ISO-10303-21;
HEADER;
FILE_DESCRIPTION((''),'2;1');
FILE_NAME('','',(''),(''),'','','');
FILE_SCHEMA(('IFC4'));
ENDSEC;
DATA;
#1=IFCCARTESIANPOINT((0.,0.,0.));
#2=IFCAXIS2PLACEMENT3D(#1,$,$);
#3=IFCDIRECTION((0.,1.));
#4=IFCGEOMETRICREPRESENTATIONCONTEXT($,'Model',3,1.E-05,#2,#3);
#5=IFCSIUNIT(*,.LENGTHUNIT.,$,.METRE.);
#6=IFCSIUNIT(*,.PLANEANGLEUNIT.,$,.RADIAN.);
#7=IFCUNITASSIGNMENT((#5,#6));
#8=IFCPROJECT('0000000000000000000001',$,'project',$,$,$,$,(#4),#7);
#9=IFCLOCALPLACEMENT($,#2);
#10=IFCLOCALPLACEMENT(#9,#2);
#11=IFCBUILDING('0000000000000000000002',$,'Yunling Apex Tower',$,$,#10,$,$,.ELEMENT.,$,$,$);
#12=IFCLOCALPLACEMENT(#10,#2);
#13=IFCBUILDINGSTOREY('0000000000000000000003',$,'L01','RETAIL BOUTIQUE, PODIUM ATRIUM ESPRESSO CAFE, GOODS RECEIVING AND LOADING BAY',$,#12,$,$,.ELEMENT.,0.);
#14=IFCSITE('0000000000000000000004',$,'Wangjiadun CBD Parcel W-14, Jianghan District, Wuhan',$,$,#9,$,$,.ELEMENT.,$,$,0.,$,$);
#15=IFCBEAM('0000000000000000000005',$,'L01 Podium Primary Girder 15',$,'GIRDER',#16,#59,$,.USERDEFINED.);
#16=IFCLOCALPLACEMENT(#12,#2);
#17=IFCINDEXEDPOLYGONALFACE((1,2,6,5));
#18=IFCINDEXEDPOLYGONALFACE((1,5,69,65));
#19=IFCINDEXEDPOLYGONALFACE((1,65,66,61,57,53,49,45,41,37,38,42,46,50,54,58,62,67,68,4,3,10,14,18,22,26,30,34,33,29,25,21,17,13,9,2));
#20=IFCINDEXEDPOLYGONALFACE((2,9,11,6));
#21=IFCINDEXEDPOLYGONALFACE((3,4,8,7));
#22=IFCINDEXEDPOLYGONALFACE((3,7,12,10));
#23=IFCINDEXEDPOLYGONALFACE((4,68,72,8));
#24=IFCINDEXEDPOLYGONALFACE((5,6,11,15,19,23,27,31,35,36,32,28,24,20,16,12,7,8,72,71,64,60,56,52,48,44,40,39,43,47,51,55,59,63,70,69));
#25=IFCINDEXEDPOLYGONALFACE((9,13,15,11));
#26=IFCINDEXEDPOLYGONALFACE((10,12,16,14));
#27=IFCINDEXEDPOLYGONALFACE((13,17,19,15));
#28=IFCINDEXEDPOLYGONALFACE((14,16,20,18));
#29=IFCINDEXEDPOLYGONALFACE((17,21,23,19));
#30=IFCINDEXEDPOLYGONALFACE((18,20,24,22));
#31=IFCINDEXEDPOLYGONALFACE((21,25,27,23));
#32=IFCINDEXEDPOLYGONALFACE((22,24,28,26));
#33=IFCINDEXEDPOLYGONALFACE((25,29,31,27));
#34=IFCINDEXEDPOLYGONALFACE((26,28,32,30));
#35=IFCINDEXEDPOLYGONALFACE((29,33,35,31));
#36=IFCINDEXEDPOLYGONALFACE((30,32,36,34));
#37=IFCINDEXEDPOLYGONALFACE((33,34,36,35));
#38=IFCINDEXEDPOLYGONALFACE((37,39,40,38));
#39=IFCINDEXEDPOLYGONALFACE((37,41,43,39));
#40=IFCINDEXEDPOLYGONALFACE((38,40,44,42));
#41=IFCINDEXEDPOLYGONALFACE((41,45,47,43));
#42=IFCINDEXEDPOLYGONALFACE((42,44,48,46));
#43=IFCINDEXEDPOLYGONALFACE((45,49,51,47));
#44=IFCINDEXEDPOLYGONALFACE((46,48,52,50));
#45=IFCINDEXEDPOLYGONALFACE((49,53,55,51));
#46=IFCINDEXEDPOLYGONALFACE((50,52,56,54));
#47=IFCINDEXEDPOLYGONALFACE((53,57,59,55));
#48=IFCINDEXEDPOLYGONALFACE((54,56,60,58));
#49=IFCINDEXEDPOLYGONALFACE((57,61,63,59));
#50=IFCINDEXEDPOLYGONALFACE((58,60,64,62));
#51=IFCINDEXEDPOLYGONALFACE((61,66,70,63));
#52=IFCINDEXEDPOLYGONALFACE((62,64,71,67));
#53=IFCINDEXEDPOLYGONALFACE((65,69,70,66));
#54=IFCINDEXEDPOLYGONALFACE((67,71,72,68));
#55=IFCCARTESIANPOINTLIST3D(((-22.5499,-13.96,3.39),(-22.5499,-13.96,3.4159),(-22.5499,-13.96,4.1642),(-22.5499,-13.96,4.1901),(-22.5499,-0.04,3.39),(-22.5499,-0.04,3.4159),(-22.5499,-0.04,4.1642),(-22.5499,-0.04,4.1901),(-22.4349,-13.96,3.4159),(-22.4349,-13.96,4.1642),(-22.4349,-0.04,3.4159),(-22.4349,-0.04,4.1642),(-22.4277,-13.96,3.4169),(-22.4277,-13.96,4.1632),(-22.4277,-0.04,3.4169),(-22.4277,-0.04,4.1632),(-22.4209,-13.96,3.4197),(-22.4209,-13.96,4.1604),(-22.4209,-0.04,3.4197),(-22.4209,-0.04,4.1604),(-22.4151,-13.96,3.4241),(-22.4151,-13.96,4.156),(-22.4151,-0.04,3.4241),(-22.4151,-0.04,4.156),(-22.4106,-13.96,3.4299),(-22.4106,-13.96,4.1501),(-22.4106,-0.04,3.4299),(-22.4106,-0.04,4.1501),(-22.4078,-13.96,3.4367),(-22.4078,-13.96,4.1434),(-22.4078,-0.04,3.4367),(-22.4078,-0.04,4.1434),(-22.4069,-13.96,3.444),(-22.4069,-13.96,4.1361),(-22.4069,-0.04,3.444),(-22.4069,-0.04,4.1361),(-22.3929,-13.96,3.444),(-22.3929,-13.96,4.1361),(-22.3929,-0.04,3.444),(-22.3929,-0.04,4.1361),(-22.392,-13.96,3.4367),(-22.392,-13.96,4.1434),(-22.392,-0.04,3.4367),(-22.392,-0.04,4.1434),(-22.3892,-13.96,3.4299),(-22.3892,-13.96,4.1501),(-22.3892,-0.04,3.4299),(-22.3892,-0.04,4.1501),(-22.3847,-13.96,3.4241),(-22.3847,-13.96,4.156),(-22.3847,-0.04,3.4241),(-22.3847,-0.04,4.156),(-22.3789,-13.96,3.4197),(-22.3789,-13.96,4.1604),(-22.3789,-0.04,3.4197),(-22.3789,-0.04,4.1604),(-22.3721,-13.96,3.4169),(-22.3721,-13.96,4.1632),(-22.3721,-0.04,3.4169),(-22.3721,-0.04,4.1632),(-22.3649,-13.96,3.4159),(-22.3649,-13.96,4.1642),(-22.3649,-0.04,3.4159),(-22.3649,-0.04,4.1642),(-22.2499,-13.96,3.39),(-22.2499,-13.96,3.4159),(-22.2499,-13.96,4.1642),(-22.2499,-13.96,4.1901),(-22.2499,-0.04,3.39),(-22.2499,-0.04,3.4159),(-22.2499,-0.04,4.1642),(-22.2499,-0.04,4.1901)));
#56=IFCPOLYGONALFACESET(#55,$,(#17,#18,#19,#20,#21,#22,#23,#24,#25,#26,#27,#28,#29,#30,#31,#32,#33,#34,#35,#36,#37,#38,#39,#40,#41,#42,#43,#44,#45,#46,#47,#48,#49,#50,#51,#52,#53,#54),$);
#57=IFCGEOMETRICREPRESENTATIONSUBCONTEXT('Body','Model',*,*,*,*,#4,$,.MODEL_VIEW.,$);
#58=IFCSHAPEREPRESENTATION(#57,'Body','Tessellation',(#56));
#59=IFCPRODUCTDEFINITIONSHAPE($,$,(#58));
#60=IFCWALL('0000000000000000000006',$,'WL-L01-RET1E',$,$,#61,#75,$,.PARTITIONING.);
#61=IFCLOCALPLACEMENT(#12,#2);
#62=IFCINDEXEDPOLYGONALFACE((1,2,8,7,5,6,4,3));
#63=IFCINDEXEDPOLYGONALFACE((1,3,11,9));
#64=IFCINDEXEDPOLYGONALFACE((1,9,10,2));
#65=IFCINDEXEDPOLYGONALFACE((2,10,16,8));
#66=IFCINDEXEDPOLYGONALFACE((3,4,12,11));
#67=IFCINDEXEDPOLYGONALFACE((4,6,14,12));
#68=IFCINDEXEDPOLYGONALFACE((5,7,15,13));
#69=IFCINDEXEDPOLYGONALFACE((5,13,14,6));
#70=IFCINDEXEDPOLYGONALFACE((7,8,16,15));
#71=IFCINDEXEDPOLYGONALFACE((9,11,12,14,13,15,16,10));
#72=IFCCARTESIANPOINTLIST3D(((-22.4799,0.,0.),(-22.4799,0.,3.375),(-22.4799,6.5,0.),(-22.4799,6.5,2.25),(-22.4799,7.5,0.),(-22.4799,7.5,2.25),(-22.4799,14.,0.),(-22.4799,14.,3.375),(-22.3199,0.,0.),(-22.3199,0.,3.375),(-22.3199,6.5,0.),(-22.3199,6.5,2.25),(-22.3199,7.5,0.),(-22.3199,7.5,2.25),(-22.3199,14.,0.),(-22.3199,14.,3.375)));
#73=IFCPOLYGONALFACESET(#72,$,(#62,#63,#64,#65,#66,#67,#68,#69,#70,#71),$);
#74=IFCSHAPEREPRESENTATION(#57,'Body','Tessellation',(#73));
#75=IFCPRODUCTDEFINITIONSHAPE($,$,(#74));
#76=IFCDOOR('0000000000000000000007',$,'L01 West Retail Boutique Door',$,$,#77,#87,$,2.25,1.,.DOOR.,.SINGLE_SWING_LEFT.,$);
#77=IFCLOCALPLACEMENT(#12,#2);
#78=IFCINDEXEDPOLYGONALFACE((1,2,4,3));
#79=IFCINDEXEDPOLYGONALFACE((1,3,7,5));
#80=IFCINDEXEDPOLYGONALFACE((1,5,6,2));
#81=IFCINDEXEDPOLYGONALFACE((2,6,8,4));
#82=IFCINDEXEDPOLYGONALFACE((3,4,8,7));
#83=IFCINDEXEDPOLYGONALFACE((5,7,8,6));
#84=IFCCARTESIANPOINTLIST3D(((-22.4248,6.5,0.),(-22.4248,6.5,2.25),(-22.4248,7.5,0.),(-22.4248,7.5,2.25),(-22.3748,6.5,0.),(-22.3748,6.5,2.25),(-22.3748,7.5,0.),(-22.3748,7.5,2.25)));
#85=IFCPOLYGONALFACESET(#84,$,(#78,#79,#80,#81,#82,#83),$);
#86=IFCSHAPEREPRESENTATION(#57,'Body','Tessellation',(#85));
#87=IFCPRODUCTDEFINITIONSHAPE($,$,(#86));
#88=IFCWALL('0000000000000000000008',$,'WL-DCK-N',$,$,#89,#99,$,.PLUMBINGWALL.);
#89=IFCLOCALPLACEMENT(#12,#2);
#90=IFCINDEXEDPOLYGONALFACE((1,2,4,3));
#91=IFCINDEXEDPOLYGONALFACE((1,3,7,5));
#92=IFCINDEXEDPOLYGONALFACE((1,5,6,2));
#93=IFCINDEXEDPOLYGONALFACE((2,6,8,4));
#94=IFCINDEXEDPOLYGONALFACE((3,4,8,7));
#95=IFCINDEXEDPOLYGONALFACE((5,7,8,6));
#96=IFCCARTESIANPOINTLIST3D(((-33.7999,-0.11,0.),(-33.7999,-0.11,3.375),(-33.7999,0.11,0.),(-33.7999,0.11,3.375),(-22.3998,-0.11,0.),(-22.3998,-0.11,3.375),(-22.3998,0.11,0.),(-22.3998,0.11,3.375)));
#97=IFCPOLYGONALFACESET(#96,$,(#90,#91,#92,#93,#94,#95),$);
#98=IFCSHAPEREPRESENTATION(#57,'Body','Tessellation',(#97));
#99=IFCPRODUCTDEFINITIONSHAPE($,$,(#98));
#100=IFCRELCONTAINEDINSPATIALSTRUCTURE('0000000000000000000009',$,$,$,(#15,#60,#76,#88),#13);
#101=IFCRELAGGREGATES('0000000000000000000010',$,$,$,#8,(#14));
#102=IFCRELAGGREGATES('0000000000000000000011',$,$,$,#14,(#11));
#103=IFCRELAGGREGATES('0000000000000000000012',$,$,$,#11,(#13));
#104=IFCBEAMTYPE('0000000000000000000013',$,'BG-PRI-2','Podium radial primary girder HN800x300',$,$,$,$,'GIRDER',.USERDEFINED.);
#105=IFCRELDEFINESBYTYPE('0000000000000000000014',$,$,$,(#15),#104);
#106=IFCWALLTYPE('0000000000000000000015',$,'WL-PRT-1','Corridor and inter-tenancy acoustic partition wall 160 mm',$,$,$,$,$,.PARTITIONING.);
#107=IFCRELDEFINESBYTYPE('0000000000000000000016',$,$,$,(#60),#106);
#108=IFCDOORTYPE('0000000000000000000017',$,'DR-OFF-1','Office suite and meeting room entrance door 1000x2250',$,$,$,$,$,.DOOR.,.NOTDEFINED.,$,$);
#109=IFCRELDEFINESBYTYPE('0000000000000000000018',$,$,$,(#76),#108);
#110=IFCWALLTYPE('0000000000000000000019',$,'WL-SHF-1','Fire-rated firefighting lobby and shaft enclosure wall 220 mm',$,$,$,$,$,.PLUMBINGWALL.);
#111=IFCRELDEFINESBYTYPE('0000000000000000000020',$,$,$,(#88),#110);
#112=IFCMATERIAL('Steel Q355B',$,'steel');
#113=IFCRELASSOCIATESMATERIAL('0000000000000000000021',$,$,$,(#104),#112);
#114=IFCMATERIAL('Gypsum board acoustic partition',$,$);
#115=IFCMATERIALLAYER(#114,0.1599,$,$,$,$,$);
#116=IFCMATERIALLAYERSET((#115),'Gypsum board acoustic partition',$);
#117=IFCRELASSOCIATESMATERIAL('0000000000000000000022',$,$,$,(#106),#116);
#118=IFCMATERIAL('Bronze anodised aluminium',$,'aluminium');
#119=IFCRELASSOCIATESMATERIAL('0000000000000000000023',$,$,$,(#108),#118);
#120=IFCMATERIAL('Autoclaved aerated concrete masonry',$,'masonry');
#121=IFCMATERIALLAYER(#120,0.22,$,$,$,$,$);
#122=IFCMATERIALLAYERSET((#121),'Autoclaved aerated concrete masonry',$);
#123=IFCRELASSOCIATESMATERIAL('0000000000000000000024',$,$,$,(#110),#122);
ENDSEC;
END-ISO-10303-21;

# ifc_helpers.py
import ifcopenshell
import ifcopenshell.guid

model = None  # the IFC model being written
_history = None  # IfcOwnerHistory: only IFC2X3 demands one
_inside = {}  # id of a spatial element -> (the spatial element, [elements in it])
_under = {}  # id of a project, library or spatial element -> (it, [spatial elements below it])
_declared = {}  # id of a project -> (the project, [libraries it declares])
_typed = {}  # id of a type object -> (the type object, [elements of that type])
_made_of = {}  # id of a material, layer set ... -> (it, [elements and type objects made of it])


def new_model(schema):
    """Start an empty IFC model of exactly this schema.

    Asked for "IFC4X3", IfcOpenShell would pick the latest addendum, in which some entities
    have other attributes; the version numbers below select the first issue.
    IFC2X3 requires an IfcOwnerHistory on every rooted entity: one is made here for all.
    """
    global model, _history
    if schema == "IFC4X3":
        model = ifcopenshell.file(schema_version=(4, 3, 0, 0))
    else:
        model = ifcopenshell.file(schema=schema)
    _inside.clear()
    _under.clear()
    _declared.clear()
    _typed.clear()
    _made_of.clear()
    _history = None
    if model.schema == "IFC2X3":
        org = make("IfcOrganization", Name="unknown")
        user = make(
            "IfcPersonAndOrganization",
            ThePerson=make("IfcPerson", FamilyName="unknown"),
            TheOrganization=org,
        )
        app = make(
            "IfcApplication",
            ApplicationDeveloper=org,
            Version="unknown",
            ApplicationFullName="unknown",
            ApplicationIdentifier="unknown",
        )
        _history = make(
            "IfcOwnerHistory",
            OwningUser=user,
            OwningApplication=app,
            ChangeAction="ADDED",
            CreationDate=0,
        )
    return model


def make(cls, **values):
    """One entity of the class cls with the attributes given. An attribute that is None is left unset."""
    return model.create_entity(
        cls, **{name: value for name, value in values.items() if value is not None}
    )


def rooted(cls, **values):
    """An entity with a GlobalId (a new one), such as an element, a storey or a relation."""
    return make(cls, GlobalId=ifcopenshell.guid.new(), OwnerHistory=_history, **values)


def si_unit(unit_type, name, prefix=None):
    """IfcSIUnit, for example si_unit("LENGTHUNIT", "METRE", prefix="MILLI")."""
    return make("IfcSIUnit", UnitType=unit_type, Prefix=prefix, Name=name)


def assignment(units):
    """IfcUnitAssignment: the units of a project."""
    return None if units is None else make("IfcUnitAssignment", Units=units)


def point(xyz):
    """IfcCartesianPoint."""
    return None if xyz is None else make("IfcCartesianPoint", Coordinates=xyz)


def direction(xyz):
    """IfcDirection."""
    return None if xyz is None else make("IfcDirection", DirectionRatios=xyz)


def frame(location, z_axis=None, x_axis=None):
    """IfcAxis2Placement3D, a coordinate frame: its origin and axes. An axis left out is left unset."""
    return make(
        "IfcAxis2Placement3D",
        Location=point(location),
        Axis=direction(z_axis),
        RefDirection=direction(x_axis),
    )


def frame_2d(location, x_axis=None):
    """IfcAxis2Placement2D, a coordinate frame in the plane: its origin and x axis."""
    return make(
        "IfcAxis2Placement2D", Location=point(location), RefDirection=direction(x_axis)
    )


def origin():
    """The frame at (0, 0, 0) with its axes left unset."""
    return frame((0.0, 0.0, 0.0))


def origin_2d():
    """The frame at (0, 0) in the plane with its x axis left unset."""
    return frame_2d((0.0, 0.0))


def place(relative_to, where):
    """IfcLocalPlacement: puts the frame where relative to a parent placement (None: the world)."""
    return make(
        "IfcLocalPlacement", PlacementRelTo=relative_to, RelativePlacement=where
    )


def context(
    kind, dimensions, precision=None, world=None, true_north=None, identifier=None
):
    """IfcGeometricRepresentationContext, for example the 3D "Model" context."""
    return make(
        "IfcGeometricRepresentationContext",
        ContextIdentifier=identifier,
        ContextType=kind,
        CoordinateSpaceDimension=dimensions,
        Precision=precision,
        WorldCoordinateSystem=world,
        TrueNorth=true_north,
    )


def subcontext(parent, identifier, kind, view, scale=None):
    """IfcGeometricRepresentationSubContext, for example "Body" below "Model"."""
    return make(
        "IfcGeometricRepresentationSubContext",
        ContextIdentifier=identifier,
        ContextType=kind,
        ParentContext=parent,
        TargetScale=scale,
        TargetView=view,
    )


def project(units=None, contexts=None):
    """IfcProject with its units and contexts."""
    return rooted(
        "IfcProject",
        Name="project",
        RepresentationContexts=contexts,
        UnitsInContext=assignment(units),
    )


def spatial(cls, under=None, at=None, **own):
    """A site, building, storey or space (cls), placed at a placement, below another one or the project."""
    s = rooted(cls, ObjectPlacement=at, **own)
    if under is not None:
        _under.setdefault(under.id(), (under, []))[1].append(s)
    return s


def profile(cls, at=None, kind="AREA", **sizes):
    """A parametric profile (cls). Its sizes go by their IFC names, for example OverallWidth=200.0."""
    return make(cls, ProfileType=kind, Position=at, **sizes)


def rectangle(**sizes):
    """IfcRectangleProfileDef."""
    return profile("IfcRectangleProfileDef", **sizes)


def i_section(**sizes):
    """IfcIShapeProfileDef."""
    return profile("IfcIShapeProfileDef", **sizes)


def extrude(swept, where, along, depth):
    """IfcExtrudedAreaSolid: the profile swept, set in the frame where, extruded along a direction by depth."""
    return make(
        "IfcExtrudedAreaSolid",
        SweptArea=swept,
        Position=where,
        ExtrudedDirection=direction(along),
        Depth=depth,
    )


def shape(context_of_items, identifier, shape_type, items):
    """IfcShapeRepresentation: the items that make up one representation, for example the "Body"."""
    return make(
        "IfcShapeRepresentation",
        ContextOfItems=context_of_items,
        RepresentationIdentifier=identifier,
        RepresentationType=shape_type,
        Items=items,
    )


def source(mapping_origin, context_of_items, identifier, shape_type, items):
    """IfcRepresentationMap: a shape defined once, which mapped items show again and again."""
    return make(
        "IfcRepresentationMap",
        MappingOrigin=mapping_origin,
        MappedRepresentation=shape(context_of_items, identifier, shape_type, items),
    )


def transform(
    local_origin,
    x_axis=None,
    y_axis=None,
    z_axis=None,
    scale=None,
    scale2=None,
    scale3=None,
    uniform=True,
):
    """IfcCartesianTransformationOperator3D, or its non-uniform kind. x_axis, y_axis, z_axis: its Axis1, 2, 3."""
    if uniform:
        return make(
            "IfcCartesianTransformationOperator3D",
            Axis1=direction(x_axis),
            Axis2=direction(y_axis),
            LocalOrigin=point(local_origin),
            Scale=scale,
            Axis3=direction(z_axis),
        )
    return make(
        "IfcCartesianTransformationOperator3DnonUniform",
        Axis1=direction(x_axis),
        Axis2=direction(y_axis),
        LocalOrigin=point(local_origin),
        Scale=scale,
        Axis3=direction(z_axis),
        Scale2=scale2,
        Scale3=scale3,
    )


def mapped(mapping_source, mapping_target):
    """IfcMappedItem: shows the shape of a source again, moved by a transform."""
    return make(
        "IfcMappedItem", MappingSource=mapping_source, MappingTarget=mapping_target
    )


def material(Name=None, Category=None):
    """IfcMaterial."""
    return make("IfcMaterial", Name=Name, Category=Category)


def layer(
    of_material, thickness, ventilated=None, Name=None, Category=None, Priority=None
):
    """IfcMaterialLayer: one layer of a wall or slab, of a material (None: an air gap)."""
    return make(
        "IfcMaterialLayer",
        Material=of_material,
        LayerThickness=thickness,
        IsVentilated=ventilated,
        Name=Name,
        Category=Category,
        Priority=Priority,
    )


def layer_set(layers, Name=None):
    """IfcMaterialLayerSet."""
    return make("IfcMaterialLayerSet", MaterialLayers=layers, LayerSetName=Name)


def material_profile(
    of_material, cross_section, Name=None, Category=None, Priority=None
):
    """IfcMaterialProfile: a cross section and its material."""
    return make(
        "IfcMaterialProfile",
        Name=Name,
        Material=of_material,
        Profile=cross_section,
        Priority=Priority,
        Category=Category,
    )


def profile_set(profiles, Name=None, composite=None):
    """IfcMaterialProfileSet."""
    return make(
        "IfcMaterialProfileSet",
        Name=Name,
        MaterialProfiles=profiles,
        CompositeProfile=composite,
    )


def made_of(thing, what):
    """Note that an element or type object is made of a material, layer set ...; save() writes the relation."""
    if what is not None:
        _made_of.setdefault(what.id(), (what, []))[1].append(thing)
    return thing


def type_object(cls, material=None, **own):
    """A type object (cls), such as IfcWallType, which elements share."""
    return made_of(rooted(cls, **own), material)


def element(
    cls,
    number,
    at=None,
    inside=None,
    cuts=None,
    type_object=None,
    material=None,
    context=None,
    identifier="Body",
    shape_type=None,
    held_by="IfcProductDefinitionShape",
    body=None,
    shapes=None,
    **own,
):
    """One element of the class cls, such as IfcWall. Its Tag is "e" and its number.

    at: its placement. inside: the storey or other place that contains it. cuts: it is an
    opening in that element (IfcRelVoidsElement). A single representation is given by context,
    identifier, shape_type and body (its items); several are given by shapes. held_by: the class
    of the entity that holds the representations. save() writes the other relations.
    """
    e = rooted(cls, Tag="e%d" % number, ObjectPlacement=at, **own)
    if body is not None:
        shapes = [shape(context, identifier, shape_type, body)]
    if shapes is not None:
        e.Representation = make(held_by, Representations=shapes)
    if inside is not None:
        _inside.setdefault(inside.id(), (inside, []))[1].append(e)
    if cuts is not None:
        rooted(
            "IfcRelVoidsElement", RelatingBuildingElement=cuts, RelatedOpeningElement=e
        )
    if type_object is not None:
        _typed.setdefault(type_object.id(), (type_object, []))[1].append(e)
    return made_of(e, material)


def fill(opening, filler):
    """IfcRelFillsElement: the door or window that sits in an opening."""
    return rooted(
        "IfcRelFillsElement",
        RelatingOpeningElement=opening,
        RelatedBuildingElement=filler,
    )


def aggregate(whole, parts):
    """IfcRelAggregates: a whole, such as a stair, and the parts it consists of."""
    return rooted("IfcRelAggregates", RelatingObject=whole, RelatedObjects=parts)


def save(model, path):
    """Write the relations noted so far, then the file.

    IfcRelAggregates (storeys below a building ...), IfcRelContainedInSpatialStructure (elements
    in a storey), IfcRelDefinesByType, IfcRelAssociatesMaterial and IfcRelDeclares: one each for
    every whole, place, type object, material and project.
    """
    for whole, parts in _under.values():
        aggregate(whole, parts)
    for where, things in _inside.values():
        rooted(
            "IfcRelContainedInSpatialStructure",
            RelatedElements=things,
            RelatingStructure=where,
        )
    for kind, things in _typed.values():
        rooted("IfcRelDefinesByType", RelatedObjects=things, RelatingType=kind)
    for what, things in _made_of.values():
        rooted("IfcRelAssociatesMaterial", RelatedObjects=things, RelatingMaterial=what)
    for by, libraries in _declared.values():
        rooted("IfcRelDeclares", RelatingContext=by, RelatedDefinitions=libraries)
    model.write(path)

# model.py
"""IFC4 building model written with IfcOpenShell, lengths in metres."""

from ifc_helpers import new_model, si_unit, direction, frame, frame_2d, origin, origin_2d, place, context, subcontext, project, spatial, rectangle, i_section, extrude, source, transform, mapped, material, layer, layer_set, material_profile, profile_set, type_object, element, fill, save


model = new_model("IFC4")

# Units and contexts
model_context = context("Model", 3, precision=1e-05, world=origin(), true_north=direction((0.0, 1.0)))
body_context = subcontext(model_context, "Body", "Model", "MODEL_VIEW")
ifc_project = project(units=[si_unit("LENGTHUNIT", "METRE"), si_unit("PLANEANGLEUNIT", "RADIAN")], contexts=[model_context])

# Site, building, storey
site_placement = place(None, origin())
site = spatial("IfcSite", under=ifc_project, at=site_placement, Name="Wangjiadun CBD Parcel W-14, Jianghan District, Wuhan", CompositionType="ELEMENT", RefElevation=0.0)
building_placement = place(site_placement, origin())
building = spatial("IfcBuilding", under=site, at=building_placement, Name="Yunling Apex Tower", CompositionType="ELEMENT")
storey_placement = place(building_placement, origin())
storey = spatial("IfcBuildingStorey", under=building, at=storey_placement, Name="L01", Description="RETAIL BOUTIQUE, PODIUM ATRIUM ESPRESSO CAFE, GOODS RECEIVING AND LOADING BAY", CompositionType="ELEMENT", Elevation=0.0)

# Beam
ifc_material_1 = material(Name="Steel Q355B", Category="steel")
ifc_material_profile_1 = material_profile(ifc_material_1, i_section(OverallWidth=0.3, OverallDepth=0.8, WebThickness=0.0139, FlangeThickness=0.0259, FilletRadius=0.0281, at=origin_2d()))
ifc_profile_set_1 = profile_set([ifc_material_profile_1], Name="Steel Q355B")
beam_type_1 = type_object("IfcBeamType", Name="BG-PRI-2", Description="Podium radial primary girder HN800x300", ElementType="GIRDER", PredefinedType="USERDEFINED", material=ifc_profile_set_1)
shared_shape_1 = source(origin(), body_context, "Body", "SweptSolid", [
    extrude(i_section(OverallWidth=0.3, OverallDepth=0.8, WebThickness=0.0139, FlangeThickness=0.0259, FilletRadius=0.0281, at=origin_2d()), origin(), (0.0, 0.0, 1.0), 13.9199),
])
beam_1_placement = place(storey_placement, frame((-22.3999, -0.04, 3.79), z_axis=(0.0, -1.0, 0.0), x_axis=(1.0, 0.0, 0.0)))
element("IfcBeam", 1, at=beam_1_placement, inside=storey, type_object=beam_type_1, Name="L01 Podium Primary Girder 15", ObjectType="GIRDER", PredefinedType="USERDEFINED", context=body_context, shape_type="MappedRepresentation", body=[
    mapped(shared_shape_1, transform((0.0, 0.0, 0.0), scale=1.0)),
])

# Wall, opening, door
ifc_material_2 = material(Name="Gypsum board acoustic partition")
ifc_layer_1 = layer(ifc_material_2, 0.1599)
ifc_layer_set_1 = layer_set([ifc_layer_1], Name="Gypsum board acoustic partition")
wall_type_1 = type_object("IfcWallType", Name="WL-PRT-1", Description="Corridor and inter-tenancy acoustic partition wall 160 mm", PredefinedType="PARTITIONING", material=ifc_layer_set_1)
wall_1_placement = place(storey_placement, frame((-22.3999, 0.0, 0.0), z_axis=(0.0, 0.0, 1.0), x_axis=(0.0, 1.0, 0.0)))
wall_1 = element("IfcWall", 2, at=wall_1_placement, inside=storey, type_object=wall_type_1, Name="WL-L01-RET1E", PredefinedType="PARTITIONING", context=body_context, shape_type="SweptSolid", body=[
    extrude(rectangle(XDim=14.0, YDim=0.1599, at=frame_2d((7.0, 0.0))), origin(), (0.0, 0.0, 1.0), 3.375),
])
opening_placement = place(wall_1_placement, frame((6.5, 0.0, 0.0)))
opening = element("IfcOpeningElement", 3, at=opening_placement, cuts=wall_1, PredefinedType="OPENING", context=body_context, shape_type="SweptSolid", body=[
    extrude(rectangle(XDim=1.0, YDim=2.25, at=frame_2d((0.5, 1.125))), frame((0.0, 0.0898, 0.0), z_axis=(0.0, -1.0, 0.0), x_axis=(1.0, 0.0, 0.0)), (0.0, 0.0, 1.0), 0.1799),
])
ifc_material_3 = material(Name="Bronze anodised aluminium", Category="aluminium")
door_type = type_object("IfcDoorType", Name="DR-OFF-1", Description="Office suite and meeting room entrance door 1000x2250", OperationType="NOTDEFINED", PredefinedType="DOOR", material=ifc_material_3)
door_placement = place(opening_placement, origin())
door = element("IfcDoor", 4, at=door_placement, inside=storey, type_object=door_type, Name="L01 West Retail Boutique Door", OperationType="SINGLE_SWING_LEFT", OverallHeight=2.25, OverallWidth=1.0, PredefinedType="DOOR", context=body_context, shape_type="SweptSolid", body=[
    extrude(rectangle(XDim=1.0, YDim=2.25, at=frame_2d((0.5, 1.125))), frame((0.0, 0.0249, 0.0), z_axis=(0.0, -1.0, 0.0), x_axis=(1.0, 0.0, 0.0)), (0.0, 0.0, 1.0), 0.05),
])
fill(opening, door)

# Wall
ifc_material_4 = material(Name="Autoclaved aerated concrete masonry", Category="masonry")
ifc_layer_2 = layer(ifc_material_4, 0.22)
ifc_layer_set_2 = layer_set([ifc_layer_2], Name="Autoclaved aerated concrete masonry")
wall_type_2 = type_object("IfcWallType", Name="WL-SHF-1", Description="Fire-rated firefighting lobby and shaft enclosure wall 220 mm", PredefinedType="PLUMBINGWALL", material=ifc_layer_set_2)
wall_2_placement = place(storey_placement, frame((-33.8, 0.0, 0.0), z_axis=(0.0, 0.0, 1.0), x_axis=(1.0, 0.0, 0.0)))
element("IfcWall", 5, at=wall_2_placement, inside=storey, type_object=wall_type_2, Name="WL-DCK-N", PredefinedType="PLUMBINGWALL", context=body_context, shape_type="SweptSolid", body=[
    extrude(rectangle(XDim=11.4001, YDim=0.22, at=frame_2d((5.7002, 0.0))), origin(), (0.0, 0.0, 1.0), 3.375),
])

save(model, "model.ifc")
